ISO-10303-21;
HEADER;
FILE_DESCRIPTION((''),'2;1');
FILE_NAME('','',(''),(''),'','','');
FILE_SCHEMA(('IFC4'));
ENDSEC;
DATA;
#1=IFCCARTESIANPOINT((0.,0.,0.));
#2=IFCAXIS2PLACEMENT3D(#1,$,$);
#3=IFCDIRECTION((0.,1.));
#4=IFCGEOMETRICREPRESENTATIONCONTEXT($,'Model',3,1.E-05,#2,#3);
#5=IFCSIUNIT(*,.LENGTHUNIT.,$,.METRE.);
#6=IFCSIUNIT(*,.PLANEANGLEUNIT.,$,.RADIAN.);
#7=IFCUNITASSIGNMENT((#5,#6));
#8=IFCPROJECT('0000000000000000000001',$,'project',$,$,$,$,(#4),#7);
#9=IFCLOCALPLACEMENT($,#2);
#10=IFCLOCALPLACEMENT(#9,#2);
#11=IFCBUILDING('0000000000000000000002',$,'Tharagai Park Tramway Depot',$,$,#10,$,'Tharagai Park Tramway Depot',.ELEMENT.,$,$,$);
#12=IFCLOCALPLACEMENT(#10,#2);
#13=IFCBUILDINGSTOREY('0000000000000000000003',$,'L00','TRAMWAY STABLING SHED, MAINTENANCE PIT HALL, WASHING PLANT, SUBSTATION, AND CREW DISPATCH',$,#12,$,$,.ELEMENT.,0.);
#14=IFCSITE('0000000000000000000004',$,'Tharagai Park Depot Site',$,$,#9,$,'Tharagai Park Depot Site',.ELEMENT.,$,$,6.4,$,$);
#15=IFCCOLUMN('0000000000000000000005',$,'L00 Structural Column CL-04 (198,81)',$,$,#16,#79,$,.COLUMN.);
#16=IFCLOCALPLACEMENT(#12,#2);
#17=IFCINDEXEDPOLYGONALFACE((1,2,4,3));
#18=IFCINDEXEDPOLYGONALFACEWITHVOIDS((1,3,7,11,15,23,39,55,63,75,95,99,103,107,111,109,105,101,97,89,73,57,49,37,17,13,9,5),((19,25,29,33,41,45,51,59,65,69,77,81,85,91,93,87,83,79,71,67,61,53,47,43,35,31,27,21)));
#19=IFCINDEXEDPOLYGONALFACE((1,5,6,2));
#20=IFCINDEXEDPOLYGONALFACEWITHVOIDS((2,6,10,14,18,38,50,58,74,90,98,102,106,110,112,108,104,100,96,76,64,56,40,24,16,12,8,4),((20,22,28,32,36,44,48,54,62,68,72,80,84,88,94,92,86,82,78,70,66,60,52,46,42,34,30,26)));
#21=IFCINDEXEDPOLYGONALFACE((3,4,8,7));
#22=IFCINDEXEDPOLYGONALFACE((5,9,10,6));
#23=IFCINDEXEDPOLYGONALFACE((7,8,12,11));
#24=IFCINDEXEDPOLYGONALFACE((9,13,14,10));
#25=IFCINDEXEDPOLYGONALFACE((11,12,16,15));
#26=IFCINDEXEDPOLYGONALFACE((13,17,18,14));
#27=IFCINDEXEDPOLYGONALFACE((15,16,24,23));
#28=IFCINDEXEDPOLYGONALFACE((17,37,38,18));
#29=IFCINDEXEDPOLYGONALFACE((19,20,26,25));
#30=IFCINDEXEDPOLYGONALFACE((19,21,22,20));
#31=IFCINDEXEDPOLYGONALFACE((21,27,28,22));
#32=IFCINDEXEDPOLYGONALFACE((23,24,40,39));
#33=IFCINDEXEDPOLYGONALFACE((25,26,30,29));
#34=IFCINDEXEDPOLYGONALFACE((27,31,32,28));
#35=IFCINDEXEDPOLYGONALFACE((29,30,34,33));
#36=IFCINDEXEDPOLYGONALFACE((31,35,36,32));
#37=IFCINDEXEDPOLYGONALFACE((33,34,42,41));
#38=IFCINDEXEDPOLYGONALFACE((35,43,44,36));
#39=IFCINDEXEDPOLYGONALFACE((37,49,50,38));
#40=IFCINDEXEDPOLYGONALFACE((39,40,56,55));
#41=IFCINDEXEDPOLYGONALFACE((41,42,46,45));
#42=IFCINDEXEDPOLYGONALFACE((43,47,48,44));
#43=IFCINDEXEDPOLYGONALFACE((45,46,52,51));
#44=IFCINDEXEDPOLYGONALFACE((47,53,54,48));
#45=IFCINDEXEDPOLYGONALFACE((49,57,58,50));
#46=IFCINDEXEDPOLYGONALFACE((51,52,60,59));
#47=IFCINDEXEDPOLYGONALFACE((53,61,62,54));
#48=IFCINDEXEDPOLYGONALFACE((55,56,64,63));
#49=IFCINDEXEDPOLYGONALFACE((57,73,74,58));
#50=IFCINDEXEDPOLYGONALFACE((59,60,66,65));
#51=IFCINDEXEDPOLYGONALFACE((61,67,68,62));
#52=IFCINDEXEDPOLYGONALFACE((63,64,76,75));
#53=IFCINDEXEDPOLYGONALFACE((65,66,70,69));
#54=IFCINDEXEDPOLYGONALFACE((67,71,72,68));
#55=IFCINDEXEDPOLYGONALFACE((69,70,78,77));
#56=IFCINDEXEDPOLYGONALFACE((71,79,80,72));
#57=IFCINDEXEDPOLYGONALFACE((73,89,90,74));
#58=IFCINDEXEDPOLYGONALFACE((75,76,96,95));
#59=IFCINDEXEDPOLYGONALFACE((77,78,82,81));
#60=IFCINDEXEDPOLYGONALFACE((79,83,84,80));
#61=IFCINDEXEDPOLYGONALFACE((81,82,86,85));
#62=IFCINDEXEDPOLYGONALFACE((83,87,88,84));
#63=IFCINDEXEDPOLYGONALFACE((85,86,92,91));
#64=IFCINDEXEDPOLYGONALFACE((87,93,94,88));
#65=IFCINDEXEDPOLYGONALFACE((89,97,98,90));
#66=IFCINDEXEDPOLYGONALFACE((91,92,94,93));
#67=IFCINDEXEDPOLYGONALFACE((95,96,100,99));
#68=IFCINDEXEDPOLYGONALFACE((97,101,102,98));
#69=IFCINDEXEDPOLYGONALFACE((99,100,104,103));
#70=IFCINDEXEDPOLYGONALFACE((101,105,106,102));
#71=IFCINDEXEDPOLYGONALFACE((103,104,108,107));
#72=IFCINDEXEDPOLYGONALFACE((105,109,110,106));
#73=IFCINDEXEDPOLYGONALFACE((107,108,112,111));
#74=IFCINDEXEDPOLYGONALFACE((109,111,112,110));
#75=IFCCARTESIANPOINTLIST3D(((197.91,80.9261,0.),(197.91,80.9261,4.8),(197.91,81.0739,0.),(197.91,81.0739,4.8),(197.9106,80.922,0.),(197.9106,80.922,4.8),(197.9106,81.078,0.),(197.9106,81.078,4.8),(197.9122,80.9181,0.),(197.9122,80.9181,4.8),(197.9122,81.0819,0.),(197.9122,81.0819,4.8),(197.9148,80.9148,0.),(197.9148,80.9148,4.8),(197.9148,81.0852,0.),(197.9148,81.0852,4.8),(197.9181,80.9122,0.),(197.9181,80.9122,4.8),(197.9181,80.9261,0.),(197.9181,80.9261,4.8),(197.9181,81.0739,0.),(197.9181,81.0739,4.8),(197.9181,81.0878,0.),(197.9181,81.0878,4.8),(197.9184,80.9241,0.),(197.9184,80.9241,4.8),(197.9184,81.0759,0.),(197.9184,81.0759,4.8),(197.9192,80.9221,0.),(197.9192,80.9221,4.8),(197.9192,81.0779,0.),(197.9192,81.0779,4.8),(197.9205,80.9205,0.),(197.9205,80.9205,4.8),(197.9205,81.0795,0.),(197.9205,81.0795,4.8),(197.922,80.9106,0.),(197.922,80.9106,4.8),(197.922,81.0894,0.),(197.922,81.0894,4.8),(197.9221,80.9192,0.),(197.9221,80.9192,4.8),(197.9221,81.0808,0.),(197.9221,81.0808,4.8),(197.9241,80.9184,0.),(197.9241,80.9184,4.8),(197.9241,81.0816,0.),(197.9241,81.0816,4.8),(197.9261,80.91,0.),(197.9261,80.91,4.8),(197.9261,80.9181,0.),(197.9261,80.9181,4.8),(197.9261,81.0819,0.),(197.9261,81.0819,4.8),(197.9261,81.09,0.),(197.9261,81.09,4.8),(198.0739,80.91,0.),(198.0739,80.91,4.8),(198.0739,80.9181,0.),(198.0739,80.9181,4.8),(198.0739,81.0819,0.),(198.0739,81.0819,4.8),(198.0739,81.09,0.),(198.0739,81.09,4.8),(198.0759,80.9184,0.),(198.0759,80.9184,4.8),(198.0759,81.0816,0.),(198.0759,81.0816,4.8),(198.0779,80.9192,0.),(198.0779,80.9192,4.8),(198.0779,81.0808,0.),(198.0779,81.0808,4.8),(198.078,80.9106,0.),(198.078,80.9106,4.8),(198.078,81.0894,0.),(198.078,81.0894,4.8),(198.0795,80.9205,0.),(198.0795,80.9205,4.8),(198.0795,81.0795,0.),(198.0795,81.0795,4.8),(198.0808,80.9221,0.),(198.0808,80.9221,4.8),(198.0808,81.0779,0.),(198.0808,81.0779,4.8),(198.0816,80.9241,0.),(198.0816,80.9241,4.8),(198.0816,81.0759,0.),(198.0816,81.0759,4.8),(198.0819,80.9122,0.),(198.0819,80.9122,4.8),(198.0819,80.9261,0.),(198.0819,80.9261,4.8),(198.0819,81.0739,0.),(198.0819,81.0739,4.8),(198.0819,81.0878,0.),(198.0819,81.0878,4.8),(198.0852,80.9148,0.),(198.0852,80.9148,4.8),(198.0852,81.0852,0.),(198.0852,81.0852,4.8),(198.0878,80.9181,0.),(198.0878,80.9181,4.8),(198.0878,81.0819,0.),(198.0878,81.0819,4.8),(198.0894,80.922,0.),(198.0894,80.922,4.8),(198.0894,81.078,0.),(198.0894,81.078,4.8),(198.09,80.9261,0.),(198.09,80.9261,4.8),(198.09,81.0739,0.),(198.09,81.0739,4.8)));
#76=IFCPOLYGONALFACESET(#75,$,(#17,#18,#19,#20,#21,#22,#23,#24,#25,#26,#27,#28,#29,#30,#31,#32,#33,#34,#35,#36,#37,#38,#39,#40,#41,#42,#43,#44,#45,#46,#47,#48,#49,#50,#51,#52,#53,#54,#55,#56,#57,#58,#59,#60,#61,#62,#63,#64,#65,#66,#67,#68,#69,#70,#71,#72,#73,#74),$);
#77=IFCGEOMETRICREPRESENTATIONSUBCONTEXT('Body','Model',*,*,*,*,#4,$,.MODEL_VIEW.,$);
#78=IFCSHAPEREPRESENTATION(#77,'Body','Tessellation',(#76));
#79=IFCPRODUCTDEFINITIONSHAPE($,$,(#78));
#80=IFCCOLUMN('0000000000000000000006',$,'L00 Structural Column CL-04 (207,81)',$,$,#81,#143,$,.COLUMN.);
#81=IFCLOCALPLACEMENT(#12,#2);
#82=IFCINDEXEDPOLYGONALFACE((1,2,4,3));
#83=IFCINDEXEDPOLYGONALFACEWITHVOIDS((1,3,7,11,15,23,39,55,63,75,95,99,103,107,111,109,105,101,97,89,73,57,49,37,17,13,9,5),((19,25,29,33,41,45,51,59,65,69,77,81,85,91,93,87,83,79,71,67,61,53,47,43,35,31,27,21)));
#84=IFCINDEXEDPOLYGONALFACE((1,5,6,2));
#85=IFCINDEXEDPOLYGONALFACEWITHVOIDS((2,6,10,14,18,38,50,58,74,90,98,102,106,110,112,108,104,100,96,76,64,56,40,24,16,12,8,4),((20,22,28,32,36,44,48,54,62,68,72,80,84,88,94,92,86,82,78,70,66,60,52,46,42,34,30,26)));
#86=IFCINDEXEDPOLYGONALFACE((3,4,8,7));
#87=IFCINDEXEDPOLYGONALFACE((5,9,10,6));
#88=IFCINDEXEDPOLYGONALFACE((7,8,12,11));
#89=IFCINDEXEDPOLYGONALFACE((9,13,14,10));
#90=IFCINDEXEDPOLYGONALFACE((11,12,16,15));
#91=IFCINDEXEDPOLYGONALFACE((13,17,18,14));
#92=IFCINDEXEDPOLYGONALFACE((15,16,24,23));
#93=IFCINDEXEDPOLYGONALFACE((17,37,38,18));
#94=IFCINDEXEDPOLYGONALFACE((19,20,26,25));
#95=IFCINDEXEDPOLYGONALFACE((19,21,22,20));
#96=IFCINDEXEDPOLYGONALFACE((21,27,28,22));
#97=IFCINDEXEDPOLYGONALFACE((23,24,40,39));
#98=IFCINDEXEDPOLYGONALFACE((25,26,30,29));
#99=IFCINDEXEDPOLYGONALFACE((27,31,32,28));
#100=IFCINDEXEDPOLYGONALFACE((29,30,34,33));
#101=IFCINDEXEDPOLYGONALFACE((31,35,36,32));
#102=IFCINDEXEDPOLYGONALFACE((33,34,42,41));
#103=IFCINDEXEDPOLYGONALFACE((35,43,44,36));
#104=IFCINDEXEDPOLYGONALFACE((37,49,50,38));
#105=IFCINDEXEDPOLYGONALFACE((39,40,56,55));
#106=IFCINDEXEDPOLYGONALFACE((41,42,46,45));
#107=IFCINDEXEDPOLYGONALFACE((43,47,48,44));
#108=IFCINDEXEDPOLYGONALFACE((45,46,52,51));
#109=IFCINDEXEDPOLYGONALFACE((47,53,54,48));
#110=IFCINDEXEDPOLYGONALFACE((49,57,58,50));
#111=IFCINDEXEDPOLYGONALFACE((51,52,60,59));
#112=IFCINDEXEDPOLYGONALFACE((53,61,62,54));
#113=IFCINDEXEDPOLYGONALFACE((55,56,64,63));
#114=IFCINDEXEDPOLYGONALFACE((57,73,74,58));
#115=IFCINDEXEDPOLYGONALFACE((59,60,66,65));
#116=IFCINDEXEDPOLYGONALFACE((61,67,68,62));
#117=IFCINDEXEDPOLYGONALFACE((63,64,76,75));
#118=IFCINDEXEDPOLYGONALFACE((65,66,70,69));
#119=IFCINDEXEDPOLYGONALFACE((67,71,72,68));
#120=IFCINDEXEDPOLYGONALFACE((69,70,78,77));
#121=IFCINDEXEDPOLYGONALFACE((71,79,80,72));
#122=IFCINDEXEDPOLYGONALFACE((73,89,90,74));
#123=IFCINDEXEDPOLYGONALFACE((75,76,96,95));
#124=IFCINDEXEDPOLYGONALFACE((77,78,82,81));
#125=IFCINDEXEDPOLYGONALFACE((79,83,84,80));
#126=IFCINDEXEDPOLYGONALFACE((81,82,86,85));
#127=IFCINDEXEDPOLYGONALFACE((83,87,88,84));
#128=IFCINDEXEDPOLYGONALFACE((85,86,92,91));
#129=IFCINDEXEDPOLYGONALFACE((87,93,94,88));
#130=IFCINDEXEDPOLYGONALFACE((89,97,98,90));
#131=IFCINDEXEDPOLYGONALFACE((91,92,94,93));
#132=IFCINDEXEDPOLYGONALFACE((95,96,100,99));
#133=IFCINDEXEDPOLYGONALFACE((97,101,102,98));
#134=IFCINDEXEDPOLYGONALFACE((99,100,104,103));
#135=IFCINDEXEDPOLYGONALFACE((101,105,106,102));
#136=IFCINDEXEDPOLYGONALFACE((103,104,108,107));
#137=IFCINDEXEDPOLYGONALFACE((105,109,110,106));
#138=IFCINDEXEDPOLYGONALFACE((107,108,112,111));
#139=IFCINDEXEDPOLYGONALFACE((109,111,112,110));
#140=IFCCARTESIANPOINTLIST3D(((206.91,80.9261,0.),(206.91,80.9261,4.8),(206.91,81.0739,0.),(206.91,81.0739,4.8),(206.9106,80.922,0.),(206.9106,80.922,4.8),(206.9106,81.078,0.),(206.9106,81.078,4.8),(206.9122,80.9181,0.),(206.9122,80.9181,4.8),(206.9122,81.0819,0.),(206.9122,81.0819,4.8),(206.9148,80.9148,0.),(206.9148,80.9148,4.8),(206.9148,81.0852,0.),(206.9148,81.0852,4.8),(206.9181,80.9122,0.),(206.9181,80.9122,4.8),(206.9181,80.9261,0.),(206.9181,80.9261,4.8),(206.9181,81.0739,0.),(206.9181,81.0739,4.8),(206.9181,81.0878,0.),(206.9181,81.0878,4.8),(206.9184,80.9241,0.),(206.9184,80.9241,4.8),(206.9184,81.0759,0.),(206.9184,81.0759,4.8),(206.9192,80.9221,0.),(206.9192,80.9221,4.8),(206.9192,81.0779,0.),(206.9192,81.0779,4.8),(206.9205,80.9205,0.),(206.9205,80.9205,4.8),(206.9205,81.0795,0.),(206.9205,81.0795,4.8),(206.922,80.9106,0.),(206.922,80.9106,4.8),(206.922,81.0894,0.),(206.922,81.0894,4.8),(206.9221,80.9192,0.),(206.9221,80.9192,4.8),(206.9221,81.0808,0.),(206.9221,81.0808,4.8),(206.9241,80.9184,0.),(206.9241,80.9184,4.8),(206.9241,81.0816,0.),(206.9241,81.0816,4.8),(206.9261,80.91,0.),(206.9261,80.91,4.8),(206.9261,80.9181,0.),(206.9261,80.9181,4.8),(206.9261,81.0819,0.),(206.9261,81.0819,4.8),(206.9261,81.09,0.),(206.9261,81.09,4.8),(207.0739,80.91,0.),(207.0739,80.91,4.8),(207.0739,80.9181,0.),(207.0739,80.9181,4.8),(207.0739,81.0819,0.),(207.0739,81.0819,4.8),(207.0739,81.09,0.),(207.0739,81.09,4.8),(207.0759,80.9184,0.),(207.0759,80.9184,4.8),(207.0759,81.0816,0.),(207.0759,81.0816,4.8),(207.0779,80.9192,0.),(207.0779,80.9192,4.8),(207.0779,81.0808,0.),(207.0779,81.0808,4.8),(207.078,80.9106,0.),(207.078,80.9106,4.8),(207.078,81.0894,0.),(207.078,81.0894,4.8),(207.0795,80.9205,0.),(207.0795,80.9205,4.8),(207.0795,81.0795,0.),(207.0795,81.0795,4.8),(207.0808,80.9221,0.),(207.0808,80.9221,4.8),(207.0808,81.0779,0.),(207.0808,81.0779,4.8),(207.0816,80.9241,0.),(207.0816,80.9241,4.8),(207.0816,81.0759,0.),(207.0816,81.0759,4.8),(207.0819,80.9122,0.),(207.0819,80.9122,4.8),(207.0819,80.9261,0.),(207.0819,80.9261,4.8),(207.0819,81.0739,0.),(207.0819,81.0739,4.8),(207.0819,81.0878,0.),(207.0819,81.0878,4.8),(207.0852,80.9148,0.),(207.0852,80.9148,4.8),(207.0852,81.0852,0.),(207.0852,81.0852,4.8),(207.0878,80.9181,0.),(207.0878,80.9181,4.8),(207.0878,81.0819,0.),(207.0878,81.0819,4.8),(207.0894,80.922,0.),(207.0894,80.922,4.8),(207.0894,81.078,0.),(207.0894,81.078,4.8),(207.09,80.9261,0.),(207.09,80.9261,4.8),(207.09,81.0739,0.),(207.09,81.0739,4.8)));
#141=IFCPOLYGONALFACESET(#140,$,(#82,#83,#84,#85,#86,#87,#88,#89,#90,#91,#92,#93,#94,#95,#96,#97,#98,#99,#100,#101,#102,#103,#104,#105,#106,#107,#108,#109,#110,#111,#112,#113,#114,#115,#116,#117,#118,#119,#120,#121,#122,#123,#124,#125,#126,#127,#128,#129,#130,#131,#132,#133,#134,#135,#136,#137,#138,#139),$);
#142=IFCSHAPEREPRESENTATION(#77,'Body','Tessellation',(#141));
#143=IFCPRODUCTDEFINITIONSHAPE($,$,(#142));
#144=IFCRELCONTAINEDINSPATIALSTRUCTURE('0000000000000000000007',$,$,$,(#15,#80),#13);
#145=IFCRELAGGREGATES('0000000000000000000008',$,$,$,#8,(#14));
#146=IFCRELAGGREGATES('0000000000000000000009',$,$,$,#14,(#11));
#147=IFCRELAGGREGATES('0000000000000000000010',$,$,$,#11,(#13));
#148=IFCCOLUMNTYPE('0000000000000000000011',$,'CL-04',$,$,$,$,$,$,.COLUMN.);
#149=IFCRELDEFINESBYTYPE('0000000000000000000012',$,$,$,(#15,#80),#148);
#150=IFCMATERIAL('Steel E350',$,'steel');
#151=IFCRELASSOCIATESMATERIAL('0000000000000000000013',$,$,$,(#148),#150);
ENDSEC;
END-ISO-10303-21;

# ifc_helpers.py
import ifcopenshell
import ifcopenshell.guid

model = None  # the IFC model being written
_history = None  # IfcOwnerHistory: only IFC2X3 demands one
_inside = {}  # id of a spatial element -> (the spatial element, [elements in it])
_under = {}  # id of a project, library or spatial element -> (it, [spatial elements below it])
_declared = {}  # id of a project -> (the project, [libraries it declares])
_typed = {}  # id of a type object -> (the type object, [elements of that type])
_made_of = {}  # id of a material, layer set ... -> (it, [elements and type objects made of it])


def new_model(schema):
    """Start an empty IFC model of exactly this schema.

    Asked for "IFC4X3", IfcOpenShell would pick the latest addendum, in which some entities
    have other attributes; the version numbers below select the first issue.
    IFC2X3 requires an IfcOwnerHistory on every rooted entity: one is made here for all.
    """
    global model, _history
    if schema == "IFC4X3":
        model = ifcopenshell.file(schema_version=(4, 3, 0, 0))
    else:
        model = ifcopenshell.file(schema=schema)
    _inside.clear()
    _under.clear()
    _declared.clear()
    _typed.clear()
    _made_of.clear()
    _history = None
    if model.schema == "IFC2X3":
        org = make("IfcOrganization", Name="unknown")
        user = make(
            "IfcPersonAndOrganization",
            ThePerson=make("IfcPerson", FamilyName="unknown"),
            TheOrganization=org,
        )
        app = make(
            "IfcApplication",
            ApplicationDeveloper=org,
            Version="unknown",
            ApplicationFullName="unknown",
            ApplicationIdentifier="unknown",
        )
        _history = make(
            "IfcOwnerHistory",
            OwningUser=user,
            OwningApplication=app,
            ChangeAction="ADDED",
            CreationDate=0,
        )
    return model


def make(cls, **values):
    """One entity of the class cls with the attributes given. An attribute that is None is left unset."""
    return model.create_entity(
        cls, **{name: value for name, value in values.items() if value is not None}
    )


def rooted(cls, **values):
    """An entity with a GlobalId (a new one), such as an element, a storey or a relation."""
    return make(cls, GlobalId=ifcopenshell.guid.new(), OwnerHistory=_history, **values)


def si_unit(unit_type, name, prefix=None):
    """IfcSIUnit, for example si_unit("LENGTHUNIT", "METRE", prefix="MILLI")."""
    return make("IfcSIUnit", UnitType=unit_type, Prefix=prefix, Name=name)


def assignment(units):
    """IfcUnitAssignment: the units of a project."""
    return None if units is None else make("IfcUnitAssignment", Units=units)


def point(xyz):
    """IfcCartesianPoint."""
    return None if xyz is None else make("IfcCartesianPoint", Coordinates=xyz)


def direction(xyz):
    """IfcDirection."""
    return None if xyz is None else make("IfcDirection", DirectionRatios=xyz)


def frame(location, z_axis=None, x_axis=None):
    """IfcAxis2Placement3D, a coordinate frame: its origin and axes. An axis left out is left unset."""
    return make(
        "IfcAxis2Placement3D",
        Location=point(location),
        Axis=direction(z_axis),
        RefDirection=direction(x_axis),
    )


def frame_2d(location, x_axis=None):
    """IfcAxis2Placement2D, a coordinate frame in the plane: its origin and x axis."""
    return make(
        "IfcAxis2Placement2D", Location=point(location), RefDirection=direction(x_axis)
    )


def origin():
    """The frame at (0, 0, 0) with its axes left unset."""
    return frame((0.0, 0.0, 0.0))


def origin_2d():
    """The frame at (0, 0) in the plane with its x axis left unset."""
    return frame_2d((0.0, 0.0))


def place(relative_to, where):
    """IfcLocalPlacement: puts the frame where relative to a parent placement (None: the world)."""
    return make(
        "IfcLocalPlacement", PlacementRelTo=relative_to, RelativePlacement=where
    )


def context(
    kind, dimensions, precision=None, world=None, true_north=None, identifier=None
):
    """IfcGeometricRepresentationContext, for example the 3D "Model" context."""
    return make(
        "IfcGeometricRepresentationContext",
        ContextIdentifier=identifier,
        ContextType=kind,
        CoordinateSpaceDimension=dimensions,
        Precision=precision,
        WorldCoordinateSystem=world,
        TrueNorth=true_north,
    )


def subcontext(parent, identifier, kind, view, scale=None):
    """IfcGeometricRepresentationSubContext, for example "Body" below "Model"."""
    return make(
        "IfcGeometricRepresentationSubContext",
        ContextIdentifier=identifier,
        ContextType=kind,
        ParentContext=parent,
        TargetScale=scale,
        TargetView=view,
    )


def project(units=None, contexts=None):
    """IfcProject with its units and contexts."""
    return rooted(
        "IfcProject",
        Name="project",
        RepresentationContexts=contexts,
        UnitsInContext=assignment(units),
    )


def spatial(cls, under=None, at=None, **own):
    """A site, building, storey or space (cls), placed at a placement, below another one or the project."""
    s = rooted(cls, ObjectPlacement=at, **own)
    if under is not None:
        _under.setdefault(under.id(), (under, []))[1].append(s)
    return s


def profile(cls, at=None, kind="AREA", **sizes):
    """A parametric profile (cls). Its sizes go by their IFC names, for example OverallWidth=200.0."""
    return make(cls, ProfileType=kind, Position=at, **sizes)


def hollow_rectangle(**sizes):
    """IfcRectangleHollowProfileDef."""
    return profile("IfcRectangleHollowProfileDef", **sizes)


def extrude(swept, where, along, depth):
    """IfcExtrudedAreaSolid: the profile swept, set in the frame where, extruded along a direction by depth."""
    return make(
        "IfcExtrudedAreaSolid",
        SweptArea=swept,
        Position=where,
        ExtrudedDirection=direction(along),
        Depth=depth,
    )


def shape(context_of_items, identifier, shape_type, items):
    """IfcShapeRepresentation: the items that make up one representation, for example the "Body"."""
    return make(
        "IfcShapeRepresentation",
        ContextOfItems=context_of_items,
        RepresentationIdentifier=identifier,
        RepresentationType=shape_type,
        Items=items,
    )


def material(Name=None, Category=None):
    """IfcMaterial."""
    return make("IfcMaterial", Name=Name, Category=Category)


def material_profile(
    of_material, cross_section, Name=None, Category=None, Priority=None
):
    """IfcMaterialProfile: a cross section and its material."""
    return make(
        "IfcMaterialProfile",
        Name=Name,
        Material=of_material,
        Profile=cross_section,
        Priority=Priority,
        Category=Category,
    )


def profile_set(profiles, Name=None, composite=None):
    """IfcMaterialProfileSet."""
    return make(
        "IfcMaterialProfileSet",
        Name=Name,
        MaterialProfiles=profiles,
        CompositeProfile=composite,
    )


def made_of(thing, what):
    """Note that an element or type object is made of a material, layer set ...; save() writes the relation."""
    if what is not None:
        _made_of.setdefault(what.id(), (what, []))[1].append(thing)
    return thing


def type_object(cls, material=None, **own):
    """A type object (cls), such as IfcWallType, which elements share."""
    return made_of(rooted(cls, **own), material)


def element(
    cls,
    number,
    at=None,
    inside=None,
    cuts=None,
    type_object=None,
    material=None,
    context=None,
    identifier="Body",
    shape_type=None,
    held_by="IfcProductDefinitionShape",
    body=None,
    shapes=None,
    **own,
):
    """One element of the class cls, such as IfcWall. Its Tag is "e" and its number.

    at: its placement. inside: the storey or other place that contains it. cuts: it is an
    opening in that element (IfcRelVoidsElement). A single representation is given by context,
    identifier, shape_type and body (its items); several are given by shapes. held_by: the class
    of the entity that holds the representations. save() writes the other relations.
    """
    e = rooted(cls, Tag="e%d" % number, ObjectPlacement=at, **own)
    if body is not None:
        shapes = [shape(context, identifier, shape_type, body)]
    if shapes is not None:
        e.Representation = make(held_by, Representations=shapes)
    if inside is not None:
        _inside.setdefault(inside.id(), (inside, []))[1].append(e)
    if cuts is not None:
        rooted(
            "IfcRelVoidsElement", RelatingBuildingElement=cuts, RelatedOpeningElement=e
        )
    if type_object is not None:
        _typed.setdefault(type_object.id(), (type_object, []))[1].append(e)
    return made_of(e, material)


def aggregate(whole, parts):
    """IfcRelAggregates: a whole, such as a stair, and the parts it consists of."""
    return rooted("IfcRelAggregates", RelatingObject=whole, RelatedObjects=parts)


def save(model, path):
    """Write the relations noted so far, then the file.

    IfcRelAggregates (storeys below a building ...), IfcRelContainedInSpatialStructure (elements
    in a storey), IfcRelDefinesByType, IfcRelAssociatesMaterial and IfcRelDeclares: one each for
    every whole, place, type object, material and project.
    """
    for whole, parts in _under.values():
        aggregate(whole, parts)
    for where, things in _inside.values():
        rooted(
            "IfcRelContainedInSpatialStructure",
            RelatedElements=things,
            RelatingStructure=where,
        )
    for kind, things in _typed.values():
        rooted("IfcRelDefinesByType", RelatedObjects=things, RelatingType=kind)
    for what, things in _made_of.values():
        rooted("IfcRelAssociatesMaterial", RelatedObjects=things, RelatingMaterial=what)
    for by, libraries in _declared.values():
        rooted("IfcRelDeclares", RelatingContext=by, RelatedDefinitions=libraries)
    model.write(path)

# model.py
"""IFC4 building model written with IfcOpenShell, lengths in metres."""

from ifc_helpers import new_model, si_unit, direction, frame, origin, origin_2d, place, context, subcontext, project, spatial, hollow_rectangle, extrude, material, material_profile, profile_set, type_object, element, save


model = new_model("IFC4")

# Units and contexts
model_context = context("Model", 3, precision=1e-05, world=origin(), true_north=direction((0.0, 1.0)))
body_context = subcontext(model_context, "Body", "Model", "MODEL_VIEW")
ifc_project = project(units=[si_unit("LENGTHUNIT", "METRE"), si_unit("PLANEANGLEUNIT", "RADIAN")], contexts=[model_context])

# Site, building, storey
site_placement = place(None, origin())
site = spatial("IfcSite", under=ifc_project, at=site_placement, Name="Tharagai Park Depot Site", LongName="Tharagai Park Depot Site", CompositionType="ELEMENT", RefElevation=6.4)
building_placement = place(site_placement, origin())
building = spatial("IfcBuilding", under=site, at=building_placement, Name="Tharagai Park Tramway Depot", LongName="Tharagai Park Tramway Depot", CompositionType="ELEMENT")
storey_placement = place(building_placement, origin())
storey = spatial("IfcBuildingStorey", under=building, at=storey_placement, Name="L00", Description="TRAMWAY STABLING SHED, MAINTENANCE PIT HALL, WASHING PLANT, SUBSTATION, AND CREW DISPATCH", CompositionType="ELEMENT", Elevation=0.0)

# Columns
ifc_material_1 = material(Name="Steel E350", Category="steel")
ifc_material_profile_1 = material_profile(ifc_material_1, hollow_rectangle(XDim=0.1799, YDim=0.1799, WallThickness=0.0081, InnerFilletRadius=0.0081, OuterFilletRadius=0.0161, at=origin_2d()), Name="SHS 180x180x8")
ifc_profile_set_1 = profile_set([ifc_material_profile_1], Name="Steel E350")
column_type = type_object("IfcColumnType", Name="CL-04", PredefinedType="COLUMN", material=ifc_profile_set_1)
for number, where, z_axis, x_axis, name in (
    (1, (198.0, 81.0, 0.0), (0.0, 0.0, 1.0), (1.0, 0.0, 0.0), "L00 Structural Column CL-04 (198,81)"),
    (2, (207.0, 81.0, 0.0), (0.0, 0.0, 1.0), (1.0, 0.0, 0.0), "L00 Structural Column CL-04 (207,81)"),
):
    element("IfcColumn", number, at=place(storey_placement, frame(where, z_axis=z_axis, x_axis=x_axis)), inside=storey, type_object=column_type, Name=name, PredefinedType="COLUMN", context=body_context, shape_type="SweptSolid", body=[
        extrude(hollow_rectangle(XDim=0.1799, YDim=0.1799, WallThickness=0.0081, InnerFilletRadius=0.0081, OuterFilletRadius=0.0161, at=origin_2d()), origin(), (0.0, 0.0, 1.0), 4.8),
    ])

save(model, "model.ifc")
